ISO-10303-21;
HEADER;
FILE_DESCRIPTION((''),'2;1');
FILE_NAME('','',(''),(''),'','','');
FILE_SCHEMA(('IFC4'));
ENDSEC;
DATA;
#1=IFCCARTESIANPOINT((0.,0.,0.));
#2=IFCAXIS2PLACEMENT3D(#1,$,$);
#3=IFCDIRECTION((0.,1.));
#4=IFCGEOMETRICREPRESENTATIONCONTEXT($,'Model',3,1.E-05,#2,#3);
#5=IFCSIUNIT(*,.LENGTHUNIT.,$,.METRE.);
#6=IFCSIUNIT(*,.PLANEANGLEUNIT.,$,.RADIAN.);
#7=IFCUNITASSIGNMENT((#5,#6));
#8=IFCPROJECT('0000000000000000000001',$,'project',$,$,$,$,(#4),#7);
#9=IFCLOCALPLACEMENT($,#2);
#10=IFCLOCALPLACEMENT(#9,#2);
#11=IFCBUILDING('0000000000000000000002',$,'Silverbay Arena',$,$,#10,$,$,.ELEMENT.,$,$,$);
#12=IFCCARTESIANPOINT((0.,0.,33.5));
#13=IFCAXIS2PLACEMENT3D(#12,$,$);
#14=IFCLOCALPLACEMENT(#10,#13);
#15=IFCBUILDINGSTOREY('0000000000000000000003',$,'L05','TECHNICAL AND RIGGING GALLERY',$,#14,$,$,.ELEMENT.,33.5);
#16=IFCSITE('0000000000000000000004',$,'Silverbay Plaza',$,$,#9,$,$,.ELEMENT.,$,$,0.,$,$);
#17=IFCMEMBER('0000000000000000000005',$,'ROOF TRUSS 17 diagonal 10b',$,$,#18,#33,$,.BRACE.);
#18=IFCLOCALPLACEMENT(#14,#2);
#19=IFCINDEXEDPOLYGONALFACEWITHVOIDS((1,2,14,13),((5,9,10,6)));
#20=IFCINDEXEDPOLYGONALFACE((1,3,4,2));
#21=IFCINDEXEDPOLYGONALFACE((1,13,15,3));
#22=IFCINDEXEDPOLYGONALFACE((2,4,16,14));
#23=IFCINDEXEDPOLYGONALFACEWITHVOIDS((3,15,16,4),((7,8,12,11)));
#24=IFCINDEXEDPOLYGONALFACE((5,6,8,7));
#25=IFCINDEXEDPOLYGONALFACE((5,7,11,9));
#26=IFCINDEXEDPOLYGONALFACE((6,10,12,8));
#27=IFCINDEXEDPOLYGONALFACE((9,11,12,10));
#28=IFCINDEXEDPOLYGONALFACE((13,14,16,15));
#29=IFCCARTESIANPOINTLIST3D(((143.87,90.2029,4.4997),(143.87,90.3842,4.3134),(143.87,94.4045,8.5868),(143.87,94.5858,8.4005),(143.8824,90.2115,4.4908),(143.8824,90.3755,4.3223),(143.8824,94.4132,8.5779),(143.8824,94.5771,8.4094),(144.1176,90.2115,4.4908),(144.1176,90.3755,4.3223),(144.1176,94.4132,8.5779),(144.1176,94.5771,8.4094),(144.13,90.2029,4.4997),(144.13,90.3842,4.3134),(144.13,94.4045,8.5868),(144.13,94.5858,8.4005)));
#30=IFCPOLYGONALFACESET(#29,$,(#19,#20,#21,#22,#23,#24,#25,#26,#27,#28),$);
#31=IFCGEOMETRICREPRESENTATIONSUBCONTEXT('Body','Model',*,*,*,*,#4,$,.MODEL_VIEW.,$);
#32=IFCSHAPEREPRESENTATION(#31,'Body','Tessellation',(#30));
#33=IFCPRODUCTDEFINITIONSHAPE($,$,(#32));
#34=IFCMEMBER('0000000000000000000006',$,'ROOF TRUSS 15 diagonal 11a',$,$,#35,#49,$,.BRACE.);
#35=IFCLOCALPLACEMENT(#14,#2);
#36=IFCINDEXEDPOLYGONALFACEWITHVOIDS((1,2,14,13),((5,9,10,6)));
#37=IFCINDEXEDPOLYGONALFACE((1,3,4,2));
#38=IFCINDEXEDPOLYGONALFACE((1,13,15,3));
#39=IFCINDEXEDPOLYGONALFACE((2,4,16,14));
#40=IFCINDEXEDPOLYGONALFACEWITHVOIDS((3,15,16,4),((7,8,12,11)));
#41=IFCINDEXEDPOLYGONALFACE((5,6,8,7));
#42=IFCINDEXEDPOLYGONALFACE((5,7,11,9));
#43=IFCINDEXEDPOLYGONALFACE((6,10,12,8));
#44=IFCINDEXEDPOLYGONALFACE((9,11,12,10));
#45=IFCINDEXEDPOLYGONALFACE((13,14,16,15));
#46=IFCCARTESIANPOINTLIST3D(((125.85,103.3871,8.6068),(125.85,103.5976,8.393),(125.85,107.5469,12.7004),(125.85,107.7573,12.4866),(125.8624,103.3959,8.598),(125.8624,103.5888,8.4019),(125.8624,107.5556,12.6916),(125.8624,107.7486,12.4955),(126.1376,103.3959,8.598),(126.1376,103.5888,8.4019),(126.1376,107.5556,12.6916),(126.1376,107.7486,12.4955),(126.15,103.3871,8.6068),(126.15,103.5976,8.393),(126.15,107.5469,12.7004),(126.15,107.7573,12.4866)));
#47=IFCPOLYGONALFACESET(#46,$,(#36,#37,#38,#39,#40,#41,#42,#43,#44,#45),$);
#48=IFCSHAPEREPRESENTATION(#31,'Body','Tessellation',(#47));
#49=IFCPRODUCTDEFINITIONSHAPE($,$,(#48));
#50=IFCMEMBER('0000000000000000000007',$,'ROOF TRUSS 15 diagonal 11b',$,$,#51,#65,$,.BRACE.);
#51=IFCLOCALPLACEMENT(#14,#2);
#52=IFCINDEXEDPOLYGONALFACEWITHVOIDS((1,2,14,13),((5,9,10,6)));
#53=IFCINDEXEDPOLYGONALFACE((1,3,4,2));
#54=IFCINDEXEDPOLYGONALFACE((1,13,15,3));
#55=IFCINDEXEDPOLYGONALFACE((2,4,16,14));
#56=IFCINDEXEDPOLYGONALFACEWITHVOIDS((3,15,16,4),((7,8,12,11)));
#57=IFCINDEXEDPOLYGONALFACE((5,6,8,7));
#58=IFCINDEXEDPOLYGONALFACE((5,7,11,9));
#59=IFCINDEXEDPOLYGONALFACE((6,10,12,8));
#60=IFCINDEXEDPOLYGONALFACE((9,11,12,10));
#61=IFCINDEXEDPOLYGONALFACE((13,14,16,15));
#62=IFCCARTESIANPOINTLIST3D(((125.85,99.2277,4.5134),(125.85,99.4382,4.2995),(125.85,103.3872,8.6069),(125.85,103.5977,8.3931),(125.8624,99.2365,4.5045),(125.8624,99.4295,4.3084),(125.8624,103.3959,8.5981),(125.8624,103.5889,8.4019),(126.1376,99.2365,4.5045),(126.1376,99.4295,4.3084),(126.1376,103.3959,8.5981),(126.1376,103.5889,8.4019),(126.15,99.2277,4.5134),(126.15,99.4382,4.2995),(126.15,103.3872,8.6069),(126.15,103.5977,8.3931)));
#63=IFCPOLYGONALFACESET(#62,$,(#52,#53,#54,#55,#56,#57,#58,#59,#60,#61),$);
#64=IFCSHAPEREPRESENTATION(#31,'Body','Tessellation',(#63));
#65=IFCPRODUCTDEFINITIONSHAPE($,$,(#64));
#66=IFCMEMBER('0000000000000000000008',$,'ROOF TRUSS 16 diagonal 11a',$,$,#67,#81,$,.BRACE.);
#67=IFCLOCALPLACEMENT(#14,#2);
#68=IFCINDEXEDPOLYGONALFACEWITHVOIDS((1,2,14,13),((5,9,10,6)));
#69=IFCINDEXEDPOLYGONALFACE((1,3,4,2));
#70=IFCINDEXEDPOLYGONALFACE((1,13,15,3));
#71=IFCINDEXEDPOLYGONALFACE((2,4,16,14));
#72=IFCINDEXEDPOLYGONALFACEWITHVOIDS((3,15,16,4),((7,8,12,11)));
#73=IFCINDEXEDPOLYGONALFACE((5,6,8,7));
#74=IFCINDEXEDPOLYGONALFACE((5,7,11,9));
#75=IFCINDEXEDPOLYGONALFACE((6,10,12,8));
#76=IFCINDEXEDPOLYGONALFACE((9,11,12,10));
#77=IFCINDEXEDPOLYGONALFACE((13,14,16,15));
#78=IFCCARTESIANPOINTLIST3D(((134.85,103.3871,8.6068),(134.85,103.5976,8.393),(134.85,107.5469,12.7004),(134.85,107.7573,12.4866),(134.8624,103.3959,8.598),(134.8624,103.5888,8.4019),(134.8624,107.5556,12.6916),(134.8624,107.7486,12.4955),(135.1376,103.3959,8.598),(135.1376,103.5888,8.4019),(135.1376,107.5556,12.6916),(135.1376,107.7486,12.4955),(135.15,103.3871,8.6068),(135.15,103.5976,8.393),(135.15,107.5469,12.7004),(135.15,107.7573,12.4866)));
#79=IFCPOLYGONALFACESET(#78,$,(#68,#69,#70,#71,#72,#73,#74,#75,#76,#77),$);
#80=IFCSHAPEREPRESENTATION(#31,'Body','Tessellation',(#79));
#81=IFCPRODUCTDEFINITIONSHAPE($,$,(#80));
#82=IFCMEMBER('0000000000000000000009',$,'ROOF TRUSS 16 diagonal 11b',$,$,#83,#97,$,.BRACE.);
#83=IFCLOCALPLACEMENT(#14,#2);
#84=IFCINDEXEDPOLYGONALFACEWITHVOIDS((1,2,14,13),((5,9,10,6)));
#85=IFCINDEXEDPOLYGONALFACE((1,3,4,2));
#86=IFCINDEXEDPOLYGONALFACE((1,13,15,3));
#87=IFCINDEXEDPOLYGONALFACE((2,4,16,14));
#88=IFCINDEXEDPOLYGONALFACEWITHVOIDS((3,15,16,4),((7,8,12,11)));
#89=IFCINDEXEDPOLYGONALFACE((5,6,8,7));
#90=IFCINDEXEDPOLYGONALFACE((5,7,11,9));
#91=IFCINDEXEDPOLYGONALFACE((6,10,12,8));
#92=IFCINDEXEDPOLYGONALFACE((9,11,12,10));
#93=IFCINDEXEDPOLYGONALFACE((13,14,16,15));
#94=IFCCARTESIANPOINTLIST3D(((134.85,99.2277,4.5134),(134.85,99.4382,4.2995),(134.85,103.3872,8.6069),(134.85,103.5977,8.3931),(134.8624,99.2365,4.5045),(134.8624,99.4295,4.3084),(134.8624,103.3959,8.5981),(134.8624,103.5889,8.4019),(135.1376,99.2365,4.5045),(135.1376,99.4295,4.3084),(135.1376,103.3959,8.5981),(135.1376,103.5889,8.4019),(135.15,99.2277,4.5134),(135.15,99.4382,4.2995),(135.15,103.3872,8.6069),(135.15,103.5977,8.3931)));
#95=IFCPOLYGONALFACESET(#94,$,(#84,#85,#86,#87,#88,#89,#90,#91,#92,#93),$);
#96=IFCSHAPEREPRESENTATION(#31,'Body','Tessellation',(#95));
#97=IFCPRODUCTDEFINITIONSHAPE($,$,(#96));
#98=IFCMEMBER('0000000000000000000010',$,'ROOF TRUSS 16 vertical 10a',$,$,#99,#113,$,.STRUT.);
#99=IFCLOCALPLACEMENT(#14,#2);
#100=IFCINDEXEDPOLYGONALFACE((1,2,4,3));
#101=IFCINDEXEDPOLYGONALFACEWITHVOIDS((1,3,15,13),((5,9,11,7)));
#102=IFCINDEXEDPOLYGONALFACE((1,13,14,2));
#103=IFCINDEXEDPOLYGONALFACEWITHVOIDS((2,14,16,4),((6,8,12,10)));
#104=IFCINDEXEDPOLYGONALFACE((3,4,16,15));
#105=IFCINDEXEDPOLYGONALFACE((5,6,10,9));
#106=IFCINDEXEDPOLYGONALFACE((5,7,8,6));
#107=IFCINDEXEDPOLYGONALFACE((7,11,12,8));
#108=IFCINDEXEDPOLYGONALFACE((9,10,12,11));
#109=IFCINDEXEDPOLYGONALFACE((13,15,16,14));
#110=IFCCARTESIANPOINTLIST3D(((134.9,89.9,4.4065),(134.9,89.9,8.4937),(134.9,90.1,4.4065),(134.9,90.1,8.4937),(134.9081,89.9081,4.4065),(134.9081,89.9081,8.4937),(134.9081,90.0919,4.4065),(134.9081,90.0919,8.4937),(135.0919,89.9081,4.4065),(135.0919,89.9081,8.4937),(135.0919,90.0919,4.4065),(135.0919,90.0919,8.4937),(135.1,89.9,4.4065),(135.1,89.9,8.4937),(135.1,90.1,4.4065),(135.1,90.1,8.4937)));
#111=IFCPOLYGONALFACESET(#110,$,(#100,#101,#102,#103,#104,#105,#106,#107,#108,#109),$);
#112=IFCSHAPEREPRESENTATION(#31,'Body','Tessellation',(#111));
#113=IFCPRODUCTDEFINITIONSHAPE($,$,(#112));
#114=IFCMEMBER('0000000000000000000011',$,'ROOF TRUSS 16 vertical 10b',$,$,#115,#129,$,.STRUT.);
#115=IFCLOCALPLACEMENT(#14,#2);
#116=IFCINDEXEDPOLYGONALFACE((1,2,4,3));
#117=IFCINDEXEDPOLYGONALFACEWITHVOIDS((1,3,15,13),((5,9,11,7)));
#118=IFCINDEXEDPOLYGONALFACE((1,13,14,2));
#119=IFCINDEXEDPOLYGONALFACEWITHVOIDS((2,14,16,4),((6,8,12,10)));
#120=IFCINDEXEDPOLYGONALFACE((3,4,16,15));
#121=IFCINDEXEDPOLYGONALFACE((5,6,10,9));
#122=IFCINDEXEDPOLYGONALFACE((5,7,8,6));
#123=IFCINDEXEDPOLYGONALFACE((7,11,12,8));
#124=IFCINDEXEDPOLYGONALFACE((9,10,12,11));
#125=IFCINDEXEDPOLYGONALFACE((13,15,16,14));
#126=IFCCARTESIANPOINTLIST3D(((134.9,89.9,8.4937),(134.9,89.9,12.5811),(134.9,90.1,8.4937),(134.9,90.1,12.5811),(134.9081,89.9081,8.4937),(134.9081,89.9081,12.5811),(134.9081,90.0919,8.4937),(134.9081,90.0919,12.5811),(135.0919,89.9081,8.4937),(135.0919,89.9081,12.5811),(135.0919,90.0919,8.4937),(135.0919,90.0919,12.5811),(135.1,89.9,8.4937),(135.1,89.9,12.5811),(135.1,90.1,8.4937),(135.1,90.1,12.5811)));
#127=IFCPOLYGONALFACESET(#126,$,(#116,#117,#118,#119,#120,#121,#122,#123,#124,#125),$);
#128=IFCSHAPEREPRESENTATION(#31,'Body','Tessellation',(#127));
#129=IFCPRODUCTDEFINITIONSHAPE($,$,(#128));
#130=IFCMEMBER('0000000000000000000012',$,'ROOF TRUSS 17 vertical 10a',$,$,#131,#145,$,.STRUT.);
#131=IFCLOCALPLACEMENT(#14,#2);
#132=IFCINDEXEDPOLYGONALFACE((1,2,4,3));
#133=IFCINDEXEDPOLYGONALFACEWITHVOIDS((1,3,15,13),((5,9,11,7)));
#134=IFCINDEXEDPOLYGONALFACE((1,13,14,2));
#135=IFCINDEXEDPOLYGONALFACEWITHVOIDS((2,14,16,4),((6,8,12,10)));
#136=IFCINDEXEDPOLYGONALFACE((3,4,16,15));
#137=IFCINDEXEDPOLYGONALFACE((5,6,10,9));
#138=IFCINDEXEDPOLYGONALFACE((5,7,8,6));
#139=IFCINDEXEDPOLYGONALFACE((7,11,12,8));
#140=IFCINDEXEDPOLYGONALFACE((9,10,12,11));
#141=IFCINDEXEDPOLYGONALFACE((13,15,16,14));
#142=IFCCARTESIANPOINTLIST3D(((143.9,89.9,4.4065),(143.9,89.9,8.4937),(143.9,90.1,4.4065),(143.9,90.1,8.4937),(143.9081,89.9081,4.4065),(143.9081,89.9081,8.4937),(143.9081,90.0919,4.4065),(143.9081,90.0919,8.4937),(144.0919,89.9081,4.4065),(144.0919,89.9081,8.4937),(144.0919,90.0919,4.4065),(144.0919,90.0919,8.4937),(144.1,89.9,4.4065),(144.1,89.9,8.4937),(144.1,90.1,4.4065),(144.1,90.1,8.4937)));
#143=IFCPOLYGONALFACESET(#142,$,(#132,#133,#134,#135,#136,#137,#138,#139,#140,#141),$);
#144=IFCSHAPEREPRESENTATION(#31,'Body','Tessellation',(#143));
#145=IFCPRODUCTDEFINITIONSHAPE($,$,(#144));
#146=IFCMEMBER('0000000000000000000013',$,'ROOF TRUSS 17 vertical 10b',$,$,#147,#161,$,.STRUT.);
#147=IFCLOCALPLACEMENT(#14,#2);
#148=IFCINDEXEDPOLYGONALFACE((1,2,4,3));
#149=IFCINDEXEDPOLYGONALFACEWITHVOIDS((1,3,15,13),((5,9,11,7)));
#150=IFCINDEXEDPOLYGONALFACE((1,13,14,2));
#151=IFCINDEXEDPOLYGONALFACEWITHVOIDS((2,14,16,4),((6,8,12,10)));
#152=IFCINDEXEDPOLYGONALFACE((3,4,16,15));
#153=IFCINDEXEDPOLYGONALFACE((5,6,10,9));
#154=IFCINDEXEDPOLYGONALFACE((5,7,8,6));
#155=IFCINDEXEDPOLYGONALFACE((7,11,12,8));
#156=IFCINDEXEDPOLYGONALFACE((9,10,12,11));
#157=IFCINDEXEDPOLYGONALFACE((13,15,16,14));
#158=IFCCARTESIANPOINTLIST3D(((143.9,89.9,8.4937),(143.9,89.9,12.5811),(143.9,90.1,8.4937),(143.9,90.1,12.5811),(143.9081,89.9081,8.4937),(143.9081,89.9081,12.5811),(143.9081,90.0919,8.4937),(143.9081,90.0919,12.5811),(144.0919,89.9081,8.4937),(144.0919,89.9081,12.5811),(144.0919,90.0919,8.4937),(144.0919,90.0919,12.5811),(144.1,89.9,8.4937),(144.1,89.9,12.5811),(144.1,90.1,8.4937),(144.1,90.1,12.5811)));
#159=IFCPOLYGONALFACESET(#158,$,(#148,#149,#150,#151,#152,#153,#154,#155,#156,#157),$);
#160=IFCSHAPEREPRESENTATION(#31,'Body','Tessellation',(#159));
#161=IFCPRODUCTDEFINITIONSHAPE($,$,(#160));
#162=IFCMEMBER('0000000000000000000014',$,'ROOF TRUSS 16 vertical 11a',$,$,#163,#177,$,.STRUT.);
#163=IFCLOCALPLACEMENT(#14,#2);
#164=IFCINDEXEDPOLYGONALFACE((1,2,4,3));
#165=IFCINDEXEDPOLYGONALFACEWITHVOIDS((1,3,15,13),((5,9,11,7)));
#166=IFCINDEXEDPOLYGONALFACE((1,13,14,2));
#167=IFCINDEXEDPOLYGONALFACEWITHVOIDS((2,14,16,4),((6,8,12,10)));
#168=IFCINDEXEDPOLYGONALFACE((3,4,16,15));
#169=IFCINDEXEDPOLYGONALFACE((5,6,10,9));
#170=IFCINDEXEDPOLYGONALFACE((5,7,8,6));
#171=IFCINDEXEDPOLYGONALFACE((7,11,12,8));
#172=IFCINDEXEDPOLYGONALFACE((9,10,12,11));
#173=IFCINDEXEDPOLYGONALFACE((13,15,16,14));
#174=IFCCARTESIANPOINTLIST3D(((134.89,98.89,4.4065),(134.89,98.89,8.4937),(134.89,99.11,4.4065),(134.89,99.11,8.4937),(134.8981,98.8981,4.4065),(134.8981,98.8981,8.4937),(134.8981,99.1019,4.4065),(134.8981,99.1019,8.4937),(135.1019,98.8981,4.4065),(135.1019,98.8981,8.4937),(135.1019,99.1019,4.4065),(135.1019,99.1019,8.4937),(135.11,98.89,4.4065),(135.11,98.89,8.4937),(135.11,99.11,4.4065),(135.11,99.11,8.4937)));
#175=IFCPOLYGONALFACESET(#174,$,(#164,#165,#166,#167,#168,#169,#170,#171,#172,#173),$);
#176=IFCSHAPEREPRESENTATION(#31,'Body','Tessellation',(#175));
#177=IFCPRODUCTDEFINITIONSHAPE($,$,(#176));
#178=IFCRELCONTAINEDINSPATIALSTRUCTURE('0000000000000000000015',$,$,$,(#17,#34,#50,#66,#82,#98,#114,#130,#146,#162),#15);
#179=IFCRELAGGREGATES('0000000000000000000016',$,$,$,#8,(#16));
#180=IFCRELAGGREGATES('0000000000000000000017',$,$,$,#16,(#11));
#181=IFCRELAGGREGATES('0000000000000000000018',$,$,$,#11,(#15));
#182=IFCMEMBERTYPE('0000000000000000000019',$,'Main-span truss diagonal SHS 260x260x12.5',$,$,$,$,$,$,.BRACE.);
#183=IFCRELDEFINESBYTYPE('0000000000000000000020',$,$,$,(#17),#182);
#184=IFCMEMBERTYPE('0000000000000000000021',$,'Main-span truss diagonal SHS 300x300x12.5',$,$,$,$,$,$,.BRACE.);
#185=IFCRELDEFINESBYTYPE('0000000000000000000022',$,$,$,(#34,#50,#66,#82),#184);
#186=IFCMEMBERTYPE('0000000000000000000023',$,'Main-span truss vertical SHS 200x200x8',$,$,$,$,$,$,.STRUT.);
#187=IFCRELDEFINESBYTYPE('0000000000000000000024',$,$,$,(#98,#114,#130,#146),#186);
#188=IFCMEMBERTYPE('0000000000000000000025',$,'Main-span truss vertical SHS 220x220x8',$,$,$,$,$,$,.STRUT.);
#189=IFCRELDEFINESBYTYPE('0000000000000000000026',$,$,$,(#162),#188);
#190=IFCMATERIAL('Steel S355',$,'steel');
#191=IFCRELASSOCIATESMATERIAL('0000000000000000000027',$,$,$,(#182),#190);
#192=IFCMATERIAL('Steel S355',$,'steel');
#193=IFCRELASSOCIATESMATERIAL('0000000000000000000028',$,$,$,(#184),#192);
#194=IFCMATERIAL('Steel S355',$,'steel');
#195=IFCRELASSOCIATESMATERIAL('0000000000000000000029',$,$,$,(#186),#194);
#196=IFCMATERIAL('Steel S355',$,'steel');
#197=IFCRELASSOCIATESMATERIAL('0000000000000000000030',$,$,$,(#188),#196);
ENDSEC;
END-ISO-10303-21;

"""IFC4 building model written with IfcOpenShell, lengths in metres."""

from ifc_helpers import new_model, si_unit, direction, frame, origin, origin_2d, place, context, subcontext, project, spatial, hollow_rectangle, extrude, material, material_profile, profile_set, type_object, element, save


model = new_model("IFC4")

# Units and contexts
model_context = context("Model", 3, precision=1e-05, world=origin(), true_north=direction((0.0, 1.0)))
body_context = subcontext(model_context, "Body", "Model", "MODEL_VIEW")
ifc_project = project(units=[si_unit("LENGTHUNIT", "METRE"), si_unit("PLANEANGLEUNIT", "RADIAN")], contexts=[model_context])

# Site, building, storey
site_placement = place(None, origin())
site = spatial("IfcSite", under=ifc_project, at=site_placement, Name="Silverbay Plaza", CompositionType="ELEMENT", RefElevation=0.0)
building_placement = place(site_placement, origin())
building = spatial("IfcBuilding", under=site, at=building_placement, Name="Silverbay Arena", CompositionType="ELEMENT")
storey_placement = place(building_placement, frame((0.0, 0.0, 33.5)))
storey = spatial("IfcBuildingStorey", under=building, at=storey_placement, Name="L05", Description="TECHNICAL AND RIGGING GALLERY", CompositionType="ELEMENT", Elevation=33.5)

# Members
ifc_material_1 = material(Name="Steel S355", Category="steel")
ifc_material_profile_1 = material_profile(ifc_material_1, hollow_rectangle(XDim=0.26, YDim=0.26, WallThickness=0.0125, at=origin_2d()), Name="SHS 260x260x12.5")
ifc_profile_set_1 = profile_set([ifc_material_profile_1], Name="Steel S355")
member_type_1 = type_object("IfcMemberType", Name="Main-span truss diagonal SHS 260x260x12.5", PredefinedType="BRACE", material=ifc_profile_set_1)
for number, where, z_axis, x_axis, name in (
    (1, (144.0, 94.4951, 8.4937), (0.0, -0.716806, -0.697272), (1.0, 0.0, 0.0), "ROOF TRUSS 17 diagonal 10b"),
):
    element("IfcMember", number, at=place(storey_placement, frame(where, z_axis=z_axis, x_axis=x_axis)), inside=storey, type_object=member_type_1, Name=name, PredefinedType="BRACE", context=body_context, shape_type="SweptSolid", body=[
        extrude(hollow_rectangle(XDim=0.26, YDim=0.26, WallThickness=0.0125, at=origin_2d()), origin(), (0.0, 0.0, 1.0), 5.8616),
    ])
ifc_material_2 = material(Name="Steel S355", Category="steel")
ifc_material_profile_2 = material_profile(ifc_material_2, hollow_rectangle(XDim=0.3, YDim=0.3, WallThickness=0.0125, at=origin_2d()), Name="SHS 300x300x12.5")
ifc_profile_set_2 = profile_set([ifc_material_profile_2], Name="Steel S355")
member_type_2 = type_object("IfcMemberType", Name="Main-span truss diagonal SHS 300x300x12.5", PredefinedType="BRACE", material=ifc_profile_set_2)
member_1_placement = place(storey_placement, frame((126.0, 107.6521, 12.5935), z_axis=(0.0, -0.712752, -0.701416), x_axis=(1.0, 0.0, 0.0)))
element("IfcMember", 2, at=member_1_placement, inside=storey, type_object=member_type_2, Name="ROOF TRUSS 15 diagonal 11a", PredefinedType="BRACE", context=body_context, shape_type="SweptSolid", body=[
    extrude(hollow_rectangle(XDim=0.3, YDim=0.3, WallThickness=0.0125, at=origin_2d()), origin(), (0.0, 0.0, 1.0), 5.8362),
])
member_2_placement = place(storey_placement, frame((126.0, 103.4924, 8.5), z_axis=(0.0, -0.712732, -0.701437), x_axis=(1.0, 0.0, 0.0)))
element("IfcMember", 3, at=member_2_placement, inside=storey, type_object=member_type_2, Name="ROOF TRUSS 15 diagonal 11b", PredefinedType="BRACE", context=body_context, shape_type="SweptSolid", body=[
    extrude(hollow_rectangle(XDim=0.3, YDim=0.3, WallThickness=0.0125, at=origin_2d()), origin(), (0.0, 0.0, 1.0), 5.8359),
])
member_3_placement = place(storey_placement, frame((135.0, 107.6521, 12.5935), z_axis=(0.0, -0.712752, -0.701416), x_axis=(1.0, 0.0, 0.0)))
element("IfcMember", 4, at=member_3_placement, inside=storey, type_object=member_type_2, Name="ROOF TRUSS 16 diagonal 11a", PredefinedType="BRACE", context=body_context, shape_type="SweptSolid", body=[
    extrude(hollow_rectangle(XDim=0.3, YDim=0.3, WallThickness=0.0125, at=origin_2d()), origin(), (0.0, 0.0, 1.0), 5.8362),
])
member_4_placement = place(storey_placement, frame((135.0, 103.4924, 8.5), z_axis=(0.0, -0.712732, -0.701437), x_axis=(1.0, 0.0, 0.0)))
element("IfcMember", 5, at=member_4_placement, inside=storey, type_object=member_type_2, Name="ROOF TRUSS 16 diagonal 11b", PredefinedType="BRACE", context=body_context, shape_type="SweptSolid", body=[
    extrude(hollow_rectangle(XDim=0.3, YDim=0.3, WallThickness=0.0125, at=origin_2d()), origin(), (0.0, 0.0, 1.0), 5.8359),
])
ifc_material_3 = material(Name="Steel S355", Category="steel")
ifc_material_profile_3 = material_profile(ifc_material_3, hollow_rectangle(XDim=0.2, YDim=0.2, WallThickness=0.0081, at=origin_2d()), Name="SHS 200x200x8")
ifc_profile_set_3 = profile_set([ifc_material_profile_3], Name="Steel S355")
member_type_3 = type_object("IfcMemberType", Name="Main-span truss vertical SHS 200x200x8", PredefinedType="STRUT", material=ifc_profile_set_3)
member_5_placement = place(storey_placement, frame((135.0, 90.0, 4.4065), z_axis=(0.0, 0.0, 1.0), x_axis=(1.0, 0.0, 0.0)))
element("IfcMember", 6, at=member_5_placement, inside=storey, type_object=member_type_3, Name="ROOF TRUSS 16 vertical 10a", PredefinedType="STRUT", context=body_context, shape_type="SweptSolid", body=[
    extrude(hollow_rectangle(XDim=0.2, YDim=0.2, WallThickness=0.0081, at=origin_2d()), origin(), (0.0, 0.0, 1.0), 4.0872),
])
member_6_placement = place(storey_placement, frame((135.0, 90.0, 8.4937), z_axis=(0.0, 0.0, 1.0), x_axis=(1.0, 0.0, 0.0)))
element("IfcMember", 7, at=member_6_placement, inside=storey, type_object=member_type_3, Name="ROOF TRUSS 16 vertical 10b", PredefinedType="STRUT", context=body_context, shape_type="SweptSolid", body=[
    extrude(hollow_rectangle(XDim=0.2, YDim=0.2, WallThickness=0.0081, at=origin_2d()), origin(), (0.0, 0.0, 1.0), 4.0874),
])
member_7_placement = place(storey_placement, frame((144.0, 90.0, 4.4065), z_axis=(0.0, 0.0, 1.0), x_axis=(1.0, 0.0, 0.0)))
element("IfcMember", 8, at=member_7_placement, inside=storey, type_object=member_type_3, Name="ROOF TRUSS 17 vertical 10a", PredefinedType="STRUT", context=body_context, shape_type="SweptSolid", body=[
    extrude(hollow_rectangle(XDim=0.2, YDim=0.2, WallThickness=0.0081, at=origin_2d()), origin(), (0.0, 0.0, 1.0), 4.0872),
])
member_8_placement = place(storey_placement, frame((144.0, 90.0, 8.4937), z_axis=(0.0, 0.0, 1.0), x_axis=(1.0, 0.0, 0.0)))
element("IfcMember", 9, at=member_8_placement, inside=storey, type_object=member_type_3, Name="ROOF TRUSS 17 vertical 10b", PredefinedType="STRUT", context=body_context, shape_type="SweptSolid", body=[
    extrude(hollow_rectangle(XDim=0.2, YDim=0.2, WallThickness=0.0081, at=origin_2d()), origin(), (0.0, 0.0, 1.0), 4.0874),
])
ifc_material_4 = material(Name="Steel S355", Category="steel")
ifc_material_profile_4 = material_profile(ifc_material_4, hollow_rectangle(XDim=0.22, YDim=0.22, WallThickness=0.0081, at=origin_2d()), Name="SHS 220x220x8")
ifc_profile_set_4 = profile_set([ifc_material_profile_4], Name="Steel S355")
member_type_4 = type_object("IfcMemberType", Name="Main-span truss vertical SHS 220x220x8", PredefinedType="STRUT", material=ifc_profile_set_4)
member_9_placement = place(storey_placement, frame((135.0, 99.0, 4.4065), z_axis=(0.0, 0.0, 1.0), x_axis=(1.0, 0.0, 0.0)))
element("IfcMember", 10, at=member_9_placement, inside=storey, type_object=member_type_4, Name="ROOF TRUSS 16 vertical 11a", PredefinedType="STRUT", context=body_context, shape_type="SweptSolid", body=[
    extrude(hollow_rectangle(XDim=0.22, YDim=0.22, WallThickness=0.0081, at=origin_2d()), origin(), (0.0, 0.0, 1.0), 4.0872),
])

save(model, "model.ifc")
